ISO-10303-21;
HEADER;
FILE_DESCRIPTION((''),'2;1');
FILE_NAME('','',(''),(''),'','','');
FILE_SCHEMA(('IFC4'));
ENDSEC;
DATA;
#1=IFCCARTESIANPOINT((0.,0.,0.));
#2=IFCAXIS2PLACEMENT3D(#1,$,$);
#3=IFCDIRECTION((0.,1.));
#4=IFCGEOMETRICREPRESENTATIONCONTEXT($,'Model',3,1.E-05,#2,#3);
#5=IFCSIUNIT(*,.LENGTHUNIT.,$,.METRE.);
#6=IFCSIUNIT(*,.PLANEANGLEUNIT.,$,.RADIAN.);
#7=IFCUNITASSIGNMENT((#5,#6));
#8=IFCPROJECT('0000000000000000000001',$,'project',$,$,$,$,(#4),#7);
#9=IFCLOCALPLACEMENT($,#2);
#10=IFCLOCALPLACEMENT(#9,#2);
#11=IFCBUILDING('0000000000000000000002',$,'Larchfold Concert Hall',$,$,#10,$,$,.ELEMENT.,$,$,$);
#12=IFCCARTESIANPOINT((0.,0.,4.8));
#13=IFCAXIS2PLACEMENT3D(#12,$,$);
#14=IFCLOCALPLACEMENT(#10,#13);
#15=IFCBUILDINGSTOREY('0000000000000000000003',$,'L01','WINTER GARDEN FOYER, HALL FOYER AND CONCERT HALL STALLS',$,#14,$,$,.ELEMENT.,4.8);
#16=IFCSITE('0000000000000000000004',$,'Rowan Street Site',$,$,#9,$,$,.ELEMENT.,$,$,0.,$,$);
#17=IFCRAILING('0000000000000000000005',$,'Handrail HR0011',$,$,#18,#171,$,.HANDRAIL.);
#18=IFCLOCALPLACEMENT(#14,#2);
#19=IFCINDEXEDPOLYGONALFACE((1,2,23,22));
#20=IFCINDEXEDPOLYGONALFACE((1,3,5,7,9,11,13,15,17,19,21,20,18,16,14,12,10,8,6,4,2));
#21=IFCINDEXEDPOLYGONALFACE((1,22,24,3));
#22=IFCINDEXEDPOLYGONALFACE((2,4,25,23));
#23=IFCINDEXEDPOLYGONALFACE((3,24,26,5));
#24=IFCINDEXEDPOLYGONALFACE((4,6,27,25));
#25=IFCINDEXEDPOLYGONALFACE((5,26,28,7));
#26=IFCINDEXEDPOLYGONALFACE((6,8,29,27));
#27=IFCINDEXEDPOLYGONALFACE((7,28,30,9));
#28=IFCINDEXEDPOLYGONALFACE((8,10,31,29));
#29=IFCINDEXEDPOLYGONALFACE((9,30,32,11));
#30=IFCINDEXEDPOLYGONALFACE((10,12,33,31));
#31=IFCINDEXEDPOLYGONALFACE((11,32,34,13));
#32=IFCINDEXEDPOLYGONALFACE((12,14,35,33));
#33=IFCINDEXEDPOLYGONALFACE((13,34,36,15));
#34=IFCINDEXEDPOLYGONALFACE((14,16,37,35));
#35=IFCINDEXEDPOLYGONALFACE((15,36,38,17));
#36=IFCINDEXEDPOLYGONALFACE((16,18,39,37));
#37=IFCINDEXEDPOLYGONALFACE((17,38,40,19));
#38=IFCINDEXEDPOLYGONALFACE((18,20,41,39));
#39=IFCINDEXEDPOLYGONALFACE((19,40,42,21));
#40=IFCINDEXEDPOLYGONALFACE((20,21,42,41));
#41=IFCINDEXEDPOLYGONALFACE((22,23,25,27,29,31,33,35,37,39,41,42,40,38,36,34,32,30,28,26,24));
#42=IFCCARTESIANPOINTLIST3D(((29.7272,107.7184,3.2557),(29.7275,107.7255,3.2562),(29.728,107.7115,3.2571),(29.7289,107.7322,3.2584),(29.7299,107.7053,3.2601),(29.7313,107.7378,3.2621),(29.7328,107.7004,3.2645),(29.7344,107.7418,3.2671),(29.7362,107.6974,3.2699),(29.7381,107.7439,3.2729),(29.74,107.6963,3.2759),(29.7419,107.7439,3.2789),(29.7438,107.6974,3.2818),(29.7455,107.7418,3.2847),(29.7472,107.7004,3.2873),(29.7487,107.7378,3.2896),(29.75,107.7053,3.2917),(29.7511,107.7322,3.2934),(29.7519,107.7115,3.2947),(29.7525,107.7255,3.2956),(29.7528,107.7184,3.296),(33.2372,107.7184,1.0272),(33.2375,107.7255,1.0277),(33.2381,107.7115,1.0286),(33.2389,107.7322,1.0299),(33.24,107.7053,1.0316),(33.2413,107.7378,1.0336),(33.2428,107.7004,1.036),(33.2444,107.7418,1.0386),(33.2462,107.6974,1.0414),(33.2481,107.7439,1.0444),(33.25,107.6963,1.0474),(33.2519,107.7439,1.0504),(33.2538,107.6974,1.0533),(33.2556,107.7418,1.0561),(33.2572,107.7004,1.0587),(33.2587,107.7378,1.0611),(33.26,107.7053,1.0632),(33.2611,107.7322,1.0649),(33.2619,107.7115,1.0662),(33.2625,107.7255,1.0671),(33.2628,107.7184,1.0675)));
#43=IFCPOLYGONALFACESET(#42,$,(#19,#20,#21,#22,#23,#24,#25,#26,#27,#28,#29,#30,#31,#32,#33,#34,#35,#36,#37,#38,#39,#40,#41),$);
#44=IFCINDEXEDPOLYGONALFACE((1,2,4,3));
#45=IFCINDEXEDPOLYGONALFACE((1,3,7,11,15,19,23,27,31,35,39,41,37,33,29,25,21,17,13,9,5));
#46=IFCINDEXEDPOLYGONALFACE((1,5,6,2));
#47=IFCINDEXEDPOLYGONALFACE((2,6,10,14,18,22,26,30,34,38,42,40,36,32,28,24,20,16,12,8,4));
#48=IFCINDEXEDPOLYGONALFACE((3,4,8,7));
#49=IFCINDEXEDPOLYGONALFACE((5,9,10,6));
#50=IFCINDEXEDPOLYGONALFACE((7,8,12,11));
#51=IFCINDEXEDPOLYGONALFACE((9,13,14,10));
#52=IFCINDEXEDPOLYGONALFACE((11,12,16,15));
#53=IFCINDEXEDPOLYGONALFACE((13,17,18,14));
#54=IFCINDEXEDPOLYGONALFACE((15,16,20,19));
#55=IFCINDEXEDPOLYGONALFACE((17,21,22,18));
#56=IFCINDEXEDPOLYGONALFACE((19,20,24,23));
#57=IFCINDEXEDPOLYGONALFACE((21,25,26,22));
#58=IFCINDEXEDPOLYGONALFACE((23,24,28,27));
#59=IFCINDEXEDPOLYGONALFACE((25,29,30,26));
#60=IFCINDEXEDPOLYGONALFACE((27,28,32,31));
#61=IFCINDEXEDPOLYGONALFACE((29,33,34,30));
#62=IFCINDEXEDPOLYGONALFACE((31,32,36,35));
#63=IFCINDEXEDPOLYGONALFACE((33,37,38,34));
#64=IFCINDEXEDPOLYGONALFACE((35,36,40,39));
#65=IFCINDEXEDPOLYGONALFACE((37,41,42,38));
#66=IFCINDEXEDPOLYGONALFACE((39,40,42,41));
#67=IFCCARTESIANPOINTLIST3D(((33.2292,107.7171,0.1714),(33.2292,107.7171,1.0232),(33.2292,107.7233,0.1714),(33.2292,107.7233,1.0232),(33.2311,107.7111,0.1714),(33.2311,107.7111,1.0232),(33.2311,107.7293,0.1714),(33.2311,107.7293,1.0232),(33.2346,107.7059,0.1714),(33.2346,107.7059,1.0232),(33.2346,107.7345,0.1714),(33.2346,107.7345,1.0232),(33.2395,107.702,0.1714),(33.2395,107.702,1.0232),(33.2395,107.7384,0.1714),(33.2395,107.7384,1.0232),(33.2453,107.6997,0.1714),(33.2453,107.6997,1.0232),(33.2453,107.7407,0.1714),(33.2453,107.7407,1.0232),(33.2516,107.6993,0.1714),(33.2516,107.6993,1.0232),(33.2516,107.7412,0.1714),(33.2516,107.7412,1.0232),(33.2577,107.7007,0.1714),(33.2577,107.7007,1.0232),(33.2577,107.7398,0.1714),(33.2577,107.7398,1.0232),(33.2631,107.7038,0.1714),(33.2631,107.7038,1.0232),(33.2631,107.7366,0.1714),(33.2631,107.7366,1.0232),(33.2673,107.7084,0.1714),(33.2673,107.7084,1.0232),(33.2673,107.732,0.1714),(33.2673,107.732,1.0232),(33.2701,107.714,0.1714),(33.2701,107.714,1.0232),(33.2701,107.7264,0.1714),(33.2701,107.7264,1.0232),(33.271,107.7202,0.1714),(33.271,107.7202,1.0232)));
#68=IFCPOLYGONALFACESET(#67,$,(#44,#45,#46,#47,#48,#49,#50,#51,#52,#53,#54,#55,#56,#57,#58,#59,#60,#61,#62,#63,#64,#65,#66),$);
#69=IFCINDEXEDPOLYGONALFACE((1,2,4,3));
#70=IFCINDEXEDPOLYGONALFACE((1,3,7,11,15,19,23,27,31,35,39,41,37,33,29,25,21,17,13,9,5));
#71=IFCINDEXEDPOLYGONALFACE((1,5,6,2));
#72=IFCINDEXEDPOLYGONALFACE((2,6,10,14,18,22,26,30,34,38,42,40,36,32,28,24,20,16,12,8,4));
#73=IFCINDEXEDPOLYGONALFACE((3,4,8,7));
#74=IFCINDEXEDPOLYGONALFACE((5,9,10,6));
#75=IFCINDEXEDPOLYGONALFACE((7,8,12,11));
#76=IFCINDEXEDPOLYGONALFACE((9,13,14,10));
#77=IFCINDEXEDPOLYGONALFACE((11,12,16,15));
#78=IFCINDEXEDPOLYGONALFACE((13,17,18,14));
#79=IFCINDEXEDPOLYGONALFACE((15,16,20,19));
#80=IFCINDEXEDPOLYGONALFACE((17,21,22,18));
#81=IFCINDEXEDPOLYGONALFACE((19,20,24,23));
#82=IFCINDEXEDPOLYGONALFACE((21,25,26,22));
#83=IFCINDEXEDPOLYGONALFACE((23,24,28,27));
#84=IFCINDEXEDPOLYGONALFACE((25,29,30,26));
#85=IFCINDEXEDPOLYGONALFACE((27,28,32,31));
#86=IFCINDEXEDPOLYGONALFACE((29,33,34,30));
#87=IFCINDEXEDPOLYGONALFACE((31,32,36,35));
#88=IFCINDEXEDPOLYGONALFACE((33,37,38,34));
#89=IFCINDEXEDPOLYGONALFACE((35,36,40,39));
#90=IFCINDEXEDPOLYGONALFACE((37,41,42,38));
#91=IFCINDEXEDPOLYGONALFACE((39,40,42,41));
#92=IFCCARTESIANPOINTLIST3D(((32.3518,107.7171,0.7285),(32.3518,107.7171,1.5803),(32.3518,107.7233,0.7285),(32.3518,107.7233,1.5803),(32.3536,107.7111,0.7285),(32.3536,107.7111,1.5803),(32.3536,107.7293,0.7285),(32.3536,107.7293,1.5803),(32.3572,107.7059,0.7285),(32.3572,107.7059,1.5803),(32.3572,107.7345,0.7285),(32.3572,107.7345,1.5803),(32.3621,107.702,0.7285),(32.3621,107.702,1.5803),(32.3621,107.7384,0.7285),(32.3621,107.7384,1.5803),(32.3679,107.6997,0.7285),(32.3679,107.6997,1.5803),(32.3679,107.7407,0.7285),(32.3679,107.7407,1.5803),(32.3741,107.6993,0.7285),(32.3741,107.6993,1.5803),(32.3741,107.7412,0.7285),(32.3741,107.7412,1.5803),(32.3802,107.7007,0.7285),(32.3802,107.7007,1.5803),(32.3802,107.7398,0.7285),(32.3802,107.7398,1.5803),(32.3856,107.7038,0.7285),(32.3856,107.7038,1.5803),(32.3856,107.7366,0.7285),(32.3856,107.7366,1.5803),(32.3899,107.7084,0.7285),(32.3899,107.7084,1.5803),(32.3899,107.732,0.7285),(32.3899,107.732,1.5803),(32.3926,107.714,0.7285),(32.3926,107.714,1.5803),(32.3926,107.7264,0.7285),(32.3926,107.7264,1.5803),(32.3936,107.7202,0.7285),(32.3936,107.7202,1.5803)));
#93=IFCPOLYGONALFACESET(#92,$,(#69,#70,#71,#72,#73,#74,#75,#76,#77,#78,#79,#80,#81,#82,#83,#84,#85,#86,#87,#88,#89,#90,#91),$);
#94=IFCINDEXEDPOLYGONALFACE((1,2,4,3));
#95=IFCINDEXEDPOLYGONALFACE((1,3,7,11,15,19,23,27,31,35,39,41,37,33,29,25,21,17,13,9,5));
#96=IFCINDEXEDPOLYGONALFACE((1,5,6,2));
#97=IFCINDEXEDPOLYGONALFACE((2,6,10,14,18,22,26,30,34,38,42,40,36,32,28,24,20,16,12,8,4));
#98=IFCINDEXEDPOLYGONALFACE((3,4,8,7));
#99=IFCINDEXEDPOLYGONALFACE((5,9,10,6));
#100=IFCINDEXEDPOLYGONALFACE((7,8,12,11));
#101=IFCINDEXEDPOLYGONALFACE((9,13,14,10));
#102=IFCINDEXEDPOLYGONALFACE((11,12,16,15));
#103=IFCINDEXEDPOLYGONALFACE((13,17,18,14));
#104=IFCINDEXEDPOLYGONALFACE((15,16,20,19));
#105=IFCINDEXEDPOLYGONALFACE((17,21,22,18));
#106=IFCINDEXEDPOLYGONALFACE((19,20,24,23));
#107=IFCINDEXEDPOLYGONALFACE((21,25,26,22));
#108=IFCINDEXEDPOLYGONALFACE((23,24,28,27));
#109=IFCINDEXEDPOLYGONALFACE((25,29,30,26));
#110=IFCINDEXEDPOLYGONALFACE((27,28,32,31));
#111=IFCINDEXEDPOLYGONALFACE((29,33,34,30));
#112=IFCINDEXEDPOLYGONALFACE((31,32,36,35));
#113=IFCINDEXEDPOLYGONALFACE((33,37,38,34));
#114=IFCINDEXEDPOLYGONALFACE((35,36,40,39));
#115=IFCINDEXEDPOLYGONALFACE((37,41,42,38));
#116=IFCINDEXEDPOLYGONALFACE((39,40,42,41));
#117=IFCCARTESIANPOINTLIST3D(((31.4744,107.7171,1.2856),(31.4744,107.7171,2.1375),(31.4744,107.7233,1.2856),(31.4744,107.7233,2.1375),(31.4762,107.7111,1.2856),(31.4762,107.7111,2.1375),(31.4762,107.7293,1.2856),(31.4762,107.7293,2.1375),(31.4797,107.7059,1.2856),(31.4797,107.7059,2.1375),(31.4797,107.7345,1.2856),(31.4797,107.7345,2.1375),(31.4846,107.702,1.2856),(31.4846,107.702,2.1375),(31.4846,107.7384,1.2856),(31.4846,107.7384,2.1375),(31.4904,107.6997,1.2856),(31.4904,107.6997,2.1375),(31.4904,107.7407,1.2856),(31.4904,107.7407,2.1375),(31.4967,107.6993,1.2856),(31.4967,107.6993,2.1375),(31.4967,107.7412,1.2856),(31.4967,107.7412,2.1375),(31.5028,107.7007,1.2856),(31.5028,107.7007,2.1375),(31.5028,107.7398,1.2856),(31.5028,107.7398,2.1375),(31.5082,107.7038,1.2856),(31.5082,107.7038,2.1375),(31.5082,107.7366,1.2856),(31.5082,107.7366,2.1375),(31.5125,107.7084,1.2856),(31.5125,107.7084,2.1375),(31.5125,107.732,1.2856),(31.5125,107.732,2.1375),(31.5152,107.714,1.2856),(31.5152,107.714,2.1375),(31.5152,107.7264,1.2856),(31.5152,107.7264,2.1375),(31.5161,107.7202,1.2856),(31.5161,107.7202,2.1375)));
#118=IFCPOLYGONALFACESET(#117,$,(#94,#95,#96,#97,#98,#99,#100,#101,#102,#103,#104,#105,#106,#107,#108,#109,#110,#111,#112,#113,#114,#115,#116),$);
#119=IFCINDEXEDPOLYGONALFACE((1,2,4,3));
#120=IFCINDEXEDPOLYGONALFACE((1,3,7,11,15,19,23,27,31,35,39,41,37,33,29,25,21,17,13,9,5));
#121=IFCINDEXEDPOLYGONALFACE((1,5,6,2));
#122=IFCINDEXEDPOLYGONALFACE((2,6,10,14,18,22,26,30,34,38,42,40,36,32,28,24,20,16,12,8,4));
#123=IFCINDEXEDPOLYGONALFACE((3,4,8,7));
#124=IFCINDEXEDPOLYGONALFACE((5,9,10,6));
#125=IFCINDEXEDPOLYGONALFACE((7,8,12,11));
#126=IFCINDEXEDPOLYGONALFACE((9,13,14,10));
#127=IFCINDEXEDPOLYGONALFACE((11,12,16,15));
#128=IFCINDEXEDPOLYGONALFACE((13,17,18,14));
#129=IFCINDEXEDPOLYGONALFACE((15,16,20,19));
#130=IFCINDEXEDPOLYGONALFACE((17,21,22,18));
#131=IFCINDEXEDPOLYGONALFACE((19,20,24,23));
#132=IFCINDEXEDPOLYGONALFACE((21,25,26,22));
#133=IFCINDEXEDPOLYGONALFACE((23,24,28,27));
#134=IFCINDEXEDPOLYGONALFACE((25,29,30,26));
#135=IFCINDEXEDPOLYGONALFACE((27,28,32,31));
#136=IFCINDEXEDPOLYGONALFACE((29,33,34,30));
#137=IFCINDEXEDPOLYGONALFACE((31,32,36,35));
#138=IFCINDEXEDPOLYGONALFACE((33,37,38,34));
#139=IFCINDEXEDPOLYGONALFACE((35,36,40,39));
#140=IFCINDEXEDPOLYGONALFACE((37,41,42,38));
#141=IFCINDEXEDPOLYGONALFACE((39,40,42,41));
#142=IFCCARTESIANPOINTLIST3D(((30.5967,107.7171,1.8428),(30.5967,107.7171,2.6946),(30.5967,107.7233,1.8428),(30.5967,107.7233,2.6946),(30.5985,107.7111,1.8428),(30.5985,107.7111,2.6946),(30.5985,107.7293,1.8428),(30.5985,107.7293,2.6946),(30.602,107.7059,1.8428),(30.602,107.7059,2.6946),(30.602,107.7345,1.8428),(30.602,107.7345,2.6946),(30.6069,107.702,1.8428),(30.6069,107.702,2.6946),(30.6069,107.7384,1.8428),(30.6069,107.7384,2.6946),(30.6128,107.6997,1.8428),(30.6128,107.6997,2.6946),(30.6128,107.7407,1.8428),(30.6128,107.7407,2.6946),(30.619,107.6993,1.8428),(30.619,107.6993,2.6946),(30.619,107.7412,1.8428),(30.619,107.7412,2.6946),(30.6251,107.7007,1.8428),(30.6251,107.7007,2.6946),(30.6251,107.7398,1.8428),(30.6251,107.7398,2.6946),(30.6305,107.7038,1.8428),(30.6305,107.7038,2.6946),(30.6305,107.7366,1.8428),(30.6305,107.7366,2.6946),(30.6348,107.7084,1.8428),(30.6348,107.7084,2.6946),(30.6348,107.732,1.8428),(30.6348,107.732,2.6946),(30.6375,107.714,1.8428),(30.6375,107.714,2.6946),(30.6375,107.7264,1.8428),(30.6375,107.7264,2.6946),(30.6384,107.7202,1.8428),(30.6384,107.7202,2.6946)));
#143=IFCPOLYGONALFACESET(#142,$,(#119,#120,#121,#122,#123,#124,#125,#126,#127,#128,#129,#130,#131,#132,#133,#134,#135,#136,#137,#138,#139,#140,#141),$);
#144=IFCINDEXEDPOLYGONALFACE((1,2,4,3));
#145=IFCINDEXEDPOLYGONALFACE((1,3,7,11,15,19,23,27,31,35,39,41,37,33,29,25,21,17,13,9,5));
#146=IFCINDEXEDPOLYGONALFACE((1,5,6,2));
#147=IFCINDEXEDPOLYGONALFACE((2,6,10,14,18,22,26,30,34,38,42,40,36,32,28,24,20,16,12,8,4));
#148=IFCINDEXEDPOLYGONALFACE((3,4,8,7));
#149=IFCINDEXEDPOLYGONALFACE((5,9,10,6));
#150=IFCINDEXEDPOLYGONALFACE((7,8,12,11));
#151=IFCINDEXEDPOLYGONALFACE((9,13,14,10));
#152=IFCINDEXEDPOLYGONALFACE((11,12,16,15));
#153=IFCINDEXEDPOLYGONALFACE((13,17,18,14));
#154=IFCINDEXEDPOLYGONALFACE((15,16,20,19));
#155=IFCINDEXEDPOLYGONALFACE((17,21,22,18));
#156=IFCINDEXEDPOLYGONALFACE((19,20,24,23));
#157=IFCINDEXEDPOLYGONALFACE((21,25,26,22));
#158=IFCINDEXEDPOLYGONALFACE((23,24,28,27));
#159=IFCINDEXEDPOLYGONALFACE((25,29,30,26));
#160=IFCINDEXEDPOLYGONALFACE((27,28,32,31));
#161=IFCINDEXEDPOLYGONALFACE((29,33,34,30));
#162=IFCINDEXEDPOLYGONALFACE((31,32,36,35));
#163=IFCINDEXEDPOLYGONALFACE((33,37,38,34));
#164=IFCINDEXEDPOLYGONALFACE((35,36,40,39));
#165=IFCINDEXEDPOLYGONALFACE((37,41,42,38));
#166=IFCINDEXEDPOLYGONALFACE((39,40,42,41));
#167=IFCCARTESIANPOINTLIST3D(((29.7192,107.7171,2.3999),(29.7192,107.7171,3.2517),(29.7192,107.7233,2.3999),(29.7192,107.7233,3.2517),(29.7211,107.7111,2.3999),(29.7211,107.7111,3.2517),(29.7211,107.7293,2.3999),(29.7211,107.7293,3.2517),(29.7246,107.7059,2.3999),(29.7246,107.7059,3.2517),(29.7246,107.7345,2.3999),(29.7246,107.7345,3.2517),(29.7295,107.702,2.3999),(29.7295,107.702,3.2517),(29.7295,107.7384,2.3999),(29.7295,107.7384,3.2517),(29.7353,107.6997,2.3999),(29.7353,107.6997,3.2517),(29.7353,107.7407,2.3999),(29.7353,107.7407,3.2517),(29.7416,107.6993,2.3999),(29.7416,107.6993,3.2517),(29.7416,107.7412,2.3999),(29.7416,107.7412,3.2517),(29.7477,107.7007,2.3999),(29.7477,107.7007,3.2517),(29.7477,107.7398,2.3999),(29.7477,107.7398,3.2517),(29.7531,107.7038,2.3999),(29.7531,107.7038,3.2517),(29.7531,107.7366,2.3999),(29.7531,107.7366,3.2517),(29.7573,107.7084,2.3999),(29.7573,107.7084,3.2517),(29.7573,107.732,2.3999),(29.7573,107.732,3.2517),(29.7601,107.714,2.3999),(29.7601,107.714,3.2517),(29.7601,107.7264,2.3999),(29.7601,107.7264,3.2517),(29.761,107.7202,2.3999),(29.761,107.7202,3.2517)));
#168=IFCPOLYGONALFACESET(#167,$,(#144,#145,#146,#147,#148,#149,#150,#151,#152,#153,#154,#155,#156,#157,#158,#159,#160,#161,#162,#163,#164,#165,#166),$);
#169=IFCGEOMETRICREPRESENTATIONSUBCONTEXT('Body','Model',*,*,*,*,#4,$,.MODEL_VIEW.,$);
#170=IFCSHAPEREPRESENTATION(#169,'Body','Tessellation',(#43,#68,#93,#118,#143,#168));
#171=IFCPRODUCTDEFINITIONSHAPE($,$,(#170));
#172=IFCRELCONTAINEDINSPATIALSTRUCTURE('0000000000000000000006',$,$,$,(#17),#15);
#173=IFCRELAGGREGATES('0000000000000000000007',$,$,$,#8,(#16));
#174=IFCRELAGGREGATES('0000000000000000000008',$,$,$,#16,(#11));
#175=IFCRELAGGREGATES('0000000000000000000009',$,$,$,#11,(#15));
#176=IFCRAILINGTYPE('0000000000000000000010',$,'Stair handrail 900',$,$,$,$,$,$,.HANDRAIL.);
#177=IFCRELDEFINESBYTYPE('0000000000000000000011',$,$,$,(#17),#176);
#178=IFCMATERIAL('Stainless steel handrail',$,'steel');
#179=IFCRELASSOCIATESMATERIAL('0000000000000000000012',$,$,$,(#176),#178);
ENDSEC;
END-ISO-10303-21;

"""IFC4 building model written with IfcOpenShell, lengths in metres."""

from ifc_helpers import new_model, si_unit, direction, frame, origin, origin_2d, place, context, subcontext, project, spatial, circle, extrude, material, type_object, element, save


model = new_model("IFC4")

# Units and contexts
model_context = context("Model", 3, precision=1e-05, world=origin(), true_north=direction((0.0, 1.0)))
body_context = subcontext(model_context, "Body", "Model", "MODEL_VIEW")
ifc_project = project(units=[si_unit("LENGTHUNIT", "METRE"), si_unit("PLANEANGLEUNIT", "RADIAN")], contexts=[model_context])

# Site, building, storey
site_placement = place(None, origin())
site = spatial("IfcSite", under=ifc_project, at=site_placement, Name="Rowan Street Site", CompositionType="ELEMENT", RefElevation=0.0)
building_placement = place(site_placement, origin())
building = spatial("IfcBuilding", under=site, at=building_placement, Name="Larchfold Concert Hall", CompositionType="ELEMENT")
storey_placement = place(building_placement, frame((0.0, 0.0, 4.8)))
storey = spatial("IfcBuildingStorey", under=building, at=storey_placement, Name="L01", Description="WINTER GARDEN FOYER, HALL FOYER AND CONCERT HALL STALLS", CompositionType="ELEMENT", Elevation=4.8)

# Railing
ifc_material_1 = material(Name="Stainless steel handrail", Category="steel")
railing_type_1 = type_object("IfcRailingType", Name="Stair handrail 900", PredefinedType="HANDRAIL", material=ifc_material_1)
railing_1_placement = place(storey_placement, frame((33.25, 107.7202, 0.1714)))
element("IfcRailing", 1, at=railing_1_placement, inside=storey, type_object=railing_type_1, Name="Handrail HR0011", PredefinedType="HANDRAIL", context=body_context, shape_type="SweptSolid", body=[
    extrude(circle(Radius=0.0239, at=origin_2d()), frame((0.0, 0.0, 0.876), z_axis=(-0.84422, 0.0, 0.535998), x_axis=(0.0, -1.0, 0.0)), (0.0, 0.0, 1.0), 4.1577),
    extrude(circle(Radius=0.021, at=origin_2d()), origin(), (0.0, 0.0, 1.0), 0.8518),
    extrude(circle(Radius=0.021, at=origin_2d()), frame((-0.8774, 0.0, 0.5571)), (0.0, 0.0, 1.0), 0.8518),
    extrude(circle(Radius=0.021, at=origin_2d()), frame((-1.7549, 0.0, 1.1143)), (0.0, 0.0, 1.0), 0.8518),
    extrude(circle(Radius=0.021, at=origin_2d()), frame((-2.6326, 0.0, 1.6714)), (0.0, 0.0, 1.0), 0.8518),
    extrude(circle(Radius=0.021, at=origin_2d()), frame((-3.51, 0.0, 2.2285)), (0.0, 0.0, 1.0), 0.8518),
])

save(model, "model.ifc")
